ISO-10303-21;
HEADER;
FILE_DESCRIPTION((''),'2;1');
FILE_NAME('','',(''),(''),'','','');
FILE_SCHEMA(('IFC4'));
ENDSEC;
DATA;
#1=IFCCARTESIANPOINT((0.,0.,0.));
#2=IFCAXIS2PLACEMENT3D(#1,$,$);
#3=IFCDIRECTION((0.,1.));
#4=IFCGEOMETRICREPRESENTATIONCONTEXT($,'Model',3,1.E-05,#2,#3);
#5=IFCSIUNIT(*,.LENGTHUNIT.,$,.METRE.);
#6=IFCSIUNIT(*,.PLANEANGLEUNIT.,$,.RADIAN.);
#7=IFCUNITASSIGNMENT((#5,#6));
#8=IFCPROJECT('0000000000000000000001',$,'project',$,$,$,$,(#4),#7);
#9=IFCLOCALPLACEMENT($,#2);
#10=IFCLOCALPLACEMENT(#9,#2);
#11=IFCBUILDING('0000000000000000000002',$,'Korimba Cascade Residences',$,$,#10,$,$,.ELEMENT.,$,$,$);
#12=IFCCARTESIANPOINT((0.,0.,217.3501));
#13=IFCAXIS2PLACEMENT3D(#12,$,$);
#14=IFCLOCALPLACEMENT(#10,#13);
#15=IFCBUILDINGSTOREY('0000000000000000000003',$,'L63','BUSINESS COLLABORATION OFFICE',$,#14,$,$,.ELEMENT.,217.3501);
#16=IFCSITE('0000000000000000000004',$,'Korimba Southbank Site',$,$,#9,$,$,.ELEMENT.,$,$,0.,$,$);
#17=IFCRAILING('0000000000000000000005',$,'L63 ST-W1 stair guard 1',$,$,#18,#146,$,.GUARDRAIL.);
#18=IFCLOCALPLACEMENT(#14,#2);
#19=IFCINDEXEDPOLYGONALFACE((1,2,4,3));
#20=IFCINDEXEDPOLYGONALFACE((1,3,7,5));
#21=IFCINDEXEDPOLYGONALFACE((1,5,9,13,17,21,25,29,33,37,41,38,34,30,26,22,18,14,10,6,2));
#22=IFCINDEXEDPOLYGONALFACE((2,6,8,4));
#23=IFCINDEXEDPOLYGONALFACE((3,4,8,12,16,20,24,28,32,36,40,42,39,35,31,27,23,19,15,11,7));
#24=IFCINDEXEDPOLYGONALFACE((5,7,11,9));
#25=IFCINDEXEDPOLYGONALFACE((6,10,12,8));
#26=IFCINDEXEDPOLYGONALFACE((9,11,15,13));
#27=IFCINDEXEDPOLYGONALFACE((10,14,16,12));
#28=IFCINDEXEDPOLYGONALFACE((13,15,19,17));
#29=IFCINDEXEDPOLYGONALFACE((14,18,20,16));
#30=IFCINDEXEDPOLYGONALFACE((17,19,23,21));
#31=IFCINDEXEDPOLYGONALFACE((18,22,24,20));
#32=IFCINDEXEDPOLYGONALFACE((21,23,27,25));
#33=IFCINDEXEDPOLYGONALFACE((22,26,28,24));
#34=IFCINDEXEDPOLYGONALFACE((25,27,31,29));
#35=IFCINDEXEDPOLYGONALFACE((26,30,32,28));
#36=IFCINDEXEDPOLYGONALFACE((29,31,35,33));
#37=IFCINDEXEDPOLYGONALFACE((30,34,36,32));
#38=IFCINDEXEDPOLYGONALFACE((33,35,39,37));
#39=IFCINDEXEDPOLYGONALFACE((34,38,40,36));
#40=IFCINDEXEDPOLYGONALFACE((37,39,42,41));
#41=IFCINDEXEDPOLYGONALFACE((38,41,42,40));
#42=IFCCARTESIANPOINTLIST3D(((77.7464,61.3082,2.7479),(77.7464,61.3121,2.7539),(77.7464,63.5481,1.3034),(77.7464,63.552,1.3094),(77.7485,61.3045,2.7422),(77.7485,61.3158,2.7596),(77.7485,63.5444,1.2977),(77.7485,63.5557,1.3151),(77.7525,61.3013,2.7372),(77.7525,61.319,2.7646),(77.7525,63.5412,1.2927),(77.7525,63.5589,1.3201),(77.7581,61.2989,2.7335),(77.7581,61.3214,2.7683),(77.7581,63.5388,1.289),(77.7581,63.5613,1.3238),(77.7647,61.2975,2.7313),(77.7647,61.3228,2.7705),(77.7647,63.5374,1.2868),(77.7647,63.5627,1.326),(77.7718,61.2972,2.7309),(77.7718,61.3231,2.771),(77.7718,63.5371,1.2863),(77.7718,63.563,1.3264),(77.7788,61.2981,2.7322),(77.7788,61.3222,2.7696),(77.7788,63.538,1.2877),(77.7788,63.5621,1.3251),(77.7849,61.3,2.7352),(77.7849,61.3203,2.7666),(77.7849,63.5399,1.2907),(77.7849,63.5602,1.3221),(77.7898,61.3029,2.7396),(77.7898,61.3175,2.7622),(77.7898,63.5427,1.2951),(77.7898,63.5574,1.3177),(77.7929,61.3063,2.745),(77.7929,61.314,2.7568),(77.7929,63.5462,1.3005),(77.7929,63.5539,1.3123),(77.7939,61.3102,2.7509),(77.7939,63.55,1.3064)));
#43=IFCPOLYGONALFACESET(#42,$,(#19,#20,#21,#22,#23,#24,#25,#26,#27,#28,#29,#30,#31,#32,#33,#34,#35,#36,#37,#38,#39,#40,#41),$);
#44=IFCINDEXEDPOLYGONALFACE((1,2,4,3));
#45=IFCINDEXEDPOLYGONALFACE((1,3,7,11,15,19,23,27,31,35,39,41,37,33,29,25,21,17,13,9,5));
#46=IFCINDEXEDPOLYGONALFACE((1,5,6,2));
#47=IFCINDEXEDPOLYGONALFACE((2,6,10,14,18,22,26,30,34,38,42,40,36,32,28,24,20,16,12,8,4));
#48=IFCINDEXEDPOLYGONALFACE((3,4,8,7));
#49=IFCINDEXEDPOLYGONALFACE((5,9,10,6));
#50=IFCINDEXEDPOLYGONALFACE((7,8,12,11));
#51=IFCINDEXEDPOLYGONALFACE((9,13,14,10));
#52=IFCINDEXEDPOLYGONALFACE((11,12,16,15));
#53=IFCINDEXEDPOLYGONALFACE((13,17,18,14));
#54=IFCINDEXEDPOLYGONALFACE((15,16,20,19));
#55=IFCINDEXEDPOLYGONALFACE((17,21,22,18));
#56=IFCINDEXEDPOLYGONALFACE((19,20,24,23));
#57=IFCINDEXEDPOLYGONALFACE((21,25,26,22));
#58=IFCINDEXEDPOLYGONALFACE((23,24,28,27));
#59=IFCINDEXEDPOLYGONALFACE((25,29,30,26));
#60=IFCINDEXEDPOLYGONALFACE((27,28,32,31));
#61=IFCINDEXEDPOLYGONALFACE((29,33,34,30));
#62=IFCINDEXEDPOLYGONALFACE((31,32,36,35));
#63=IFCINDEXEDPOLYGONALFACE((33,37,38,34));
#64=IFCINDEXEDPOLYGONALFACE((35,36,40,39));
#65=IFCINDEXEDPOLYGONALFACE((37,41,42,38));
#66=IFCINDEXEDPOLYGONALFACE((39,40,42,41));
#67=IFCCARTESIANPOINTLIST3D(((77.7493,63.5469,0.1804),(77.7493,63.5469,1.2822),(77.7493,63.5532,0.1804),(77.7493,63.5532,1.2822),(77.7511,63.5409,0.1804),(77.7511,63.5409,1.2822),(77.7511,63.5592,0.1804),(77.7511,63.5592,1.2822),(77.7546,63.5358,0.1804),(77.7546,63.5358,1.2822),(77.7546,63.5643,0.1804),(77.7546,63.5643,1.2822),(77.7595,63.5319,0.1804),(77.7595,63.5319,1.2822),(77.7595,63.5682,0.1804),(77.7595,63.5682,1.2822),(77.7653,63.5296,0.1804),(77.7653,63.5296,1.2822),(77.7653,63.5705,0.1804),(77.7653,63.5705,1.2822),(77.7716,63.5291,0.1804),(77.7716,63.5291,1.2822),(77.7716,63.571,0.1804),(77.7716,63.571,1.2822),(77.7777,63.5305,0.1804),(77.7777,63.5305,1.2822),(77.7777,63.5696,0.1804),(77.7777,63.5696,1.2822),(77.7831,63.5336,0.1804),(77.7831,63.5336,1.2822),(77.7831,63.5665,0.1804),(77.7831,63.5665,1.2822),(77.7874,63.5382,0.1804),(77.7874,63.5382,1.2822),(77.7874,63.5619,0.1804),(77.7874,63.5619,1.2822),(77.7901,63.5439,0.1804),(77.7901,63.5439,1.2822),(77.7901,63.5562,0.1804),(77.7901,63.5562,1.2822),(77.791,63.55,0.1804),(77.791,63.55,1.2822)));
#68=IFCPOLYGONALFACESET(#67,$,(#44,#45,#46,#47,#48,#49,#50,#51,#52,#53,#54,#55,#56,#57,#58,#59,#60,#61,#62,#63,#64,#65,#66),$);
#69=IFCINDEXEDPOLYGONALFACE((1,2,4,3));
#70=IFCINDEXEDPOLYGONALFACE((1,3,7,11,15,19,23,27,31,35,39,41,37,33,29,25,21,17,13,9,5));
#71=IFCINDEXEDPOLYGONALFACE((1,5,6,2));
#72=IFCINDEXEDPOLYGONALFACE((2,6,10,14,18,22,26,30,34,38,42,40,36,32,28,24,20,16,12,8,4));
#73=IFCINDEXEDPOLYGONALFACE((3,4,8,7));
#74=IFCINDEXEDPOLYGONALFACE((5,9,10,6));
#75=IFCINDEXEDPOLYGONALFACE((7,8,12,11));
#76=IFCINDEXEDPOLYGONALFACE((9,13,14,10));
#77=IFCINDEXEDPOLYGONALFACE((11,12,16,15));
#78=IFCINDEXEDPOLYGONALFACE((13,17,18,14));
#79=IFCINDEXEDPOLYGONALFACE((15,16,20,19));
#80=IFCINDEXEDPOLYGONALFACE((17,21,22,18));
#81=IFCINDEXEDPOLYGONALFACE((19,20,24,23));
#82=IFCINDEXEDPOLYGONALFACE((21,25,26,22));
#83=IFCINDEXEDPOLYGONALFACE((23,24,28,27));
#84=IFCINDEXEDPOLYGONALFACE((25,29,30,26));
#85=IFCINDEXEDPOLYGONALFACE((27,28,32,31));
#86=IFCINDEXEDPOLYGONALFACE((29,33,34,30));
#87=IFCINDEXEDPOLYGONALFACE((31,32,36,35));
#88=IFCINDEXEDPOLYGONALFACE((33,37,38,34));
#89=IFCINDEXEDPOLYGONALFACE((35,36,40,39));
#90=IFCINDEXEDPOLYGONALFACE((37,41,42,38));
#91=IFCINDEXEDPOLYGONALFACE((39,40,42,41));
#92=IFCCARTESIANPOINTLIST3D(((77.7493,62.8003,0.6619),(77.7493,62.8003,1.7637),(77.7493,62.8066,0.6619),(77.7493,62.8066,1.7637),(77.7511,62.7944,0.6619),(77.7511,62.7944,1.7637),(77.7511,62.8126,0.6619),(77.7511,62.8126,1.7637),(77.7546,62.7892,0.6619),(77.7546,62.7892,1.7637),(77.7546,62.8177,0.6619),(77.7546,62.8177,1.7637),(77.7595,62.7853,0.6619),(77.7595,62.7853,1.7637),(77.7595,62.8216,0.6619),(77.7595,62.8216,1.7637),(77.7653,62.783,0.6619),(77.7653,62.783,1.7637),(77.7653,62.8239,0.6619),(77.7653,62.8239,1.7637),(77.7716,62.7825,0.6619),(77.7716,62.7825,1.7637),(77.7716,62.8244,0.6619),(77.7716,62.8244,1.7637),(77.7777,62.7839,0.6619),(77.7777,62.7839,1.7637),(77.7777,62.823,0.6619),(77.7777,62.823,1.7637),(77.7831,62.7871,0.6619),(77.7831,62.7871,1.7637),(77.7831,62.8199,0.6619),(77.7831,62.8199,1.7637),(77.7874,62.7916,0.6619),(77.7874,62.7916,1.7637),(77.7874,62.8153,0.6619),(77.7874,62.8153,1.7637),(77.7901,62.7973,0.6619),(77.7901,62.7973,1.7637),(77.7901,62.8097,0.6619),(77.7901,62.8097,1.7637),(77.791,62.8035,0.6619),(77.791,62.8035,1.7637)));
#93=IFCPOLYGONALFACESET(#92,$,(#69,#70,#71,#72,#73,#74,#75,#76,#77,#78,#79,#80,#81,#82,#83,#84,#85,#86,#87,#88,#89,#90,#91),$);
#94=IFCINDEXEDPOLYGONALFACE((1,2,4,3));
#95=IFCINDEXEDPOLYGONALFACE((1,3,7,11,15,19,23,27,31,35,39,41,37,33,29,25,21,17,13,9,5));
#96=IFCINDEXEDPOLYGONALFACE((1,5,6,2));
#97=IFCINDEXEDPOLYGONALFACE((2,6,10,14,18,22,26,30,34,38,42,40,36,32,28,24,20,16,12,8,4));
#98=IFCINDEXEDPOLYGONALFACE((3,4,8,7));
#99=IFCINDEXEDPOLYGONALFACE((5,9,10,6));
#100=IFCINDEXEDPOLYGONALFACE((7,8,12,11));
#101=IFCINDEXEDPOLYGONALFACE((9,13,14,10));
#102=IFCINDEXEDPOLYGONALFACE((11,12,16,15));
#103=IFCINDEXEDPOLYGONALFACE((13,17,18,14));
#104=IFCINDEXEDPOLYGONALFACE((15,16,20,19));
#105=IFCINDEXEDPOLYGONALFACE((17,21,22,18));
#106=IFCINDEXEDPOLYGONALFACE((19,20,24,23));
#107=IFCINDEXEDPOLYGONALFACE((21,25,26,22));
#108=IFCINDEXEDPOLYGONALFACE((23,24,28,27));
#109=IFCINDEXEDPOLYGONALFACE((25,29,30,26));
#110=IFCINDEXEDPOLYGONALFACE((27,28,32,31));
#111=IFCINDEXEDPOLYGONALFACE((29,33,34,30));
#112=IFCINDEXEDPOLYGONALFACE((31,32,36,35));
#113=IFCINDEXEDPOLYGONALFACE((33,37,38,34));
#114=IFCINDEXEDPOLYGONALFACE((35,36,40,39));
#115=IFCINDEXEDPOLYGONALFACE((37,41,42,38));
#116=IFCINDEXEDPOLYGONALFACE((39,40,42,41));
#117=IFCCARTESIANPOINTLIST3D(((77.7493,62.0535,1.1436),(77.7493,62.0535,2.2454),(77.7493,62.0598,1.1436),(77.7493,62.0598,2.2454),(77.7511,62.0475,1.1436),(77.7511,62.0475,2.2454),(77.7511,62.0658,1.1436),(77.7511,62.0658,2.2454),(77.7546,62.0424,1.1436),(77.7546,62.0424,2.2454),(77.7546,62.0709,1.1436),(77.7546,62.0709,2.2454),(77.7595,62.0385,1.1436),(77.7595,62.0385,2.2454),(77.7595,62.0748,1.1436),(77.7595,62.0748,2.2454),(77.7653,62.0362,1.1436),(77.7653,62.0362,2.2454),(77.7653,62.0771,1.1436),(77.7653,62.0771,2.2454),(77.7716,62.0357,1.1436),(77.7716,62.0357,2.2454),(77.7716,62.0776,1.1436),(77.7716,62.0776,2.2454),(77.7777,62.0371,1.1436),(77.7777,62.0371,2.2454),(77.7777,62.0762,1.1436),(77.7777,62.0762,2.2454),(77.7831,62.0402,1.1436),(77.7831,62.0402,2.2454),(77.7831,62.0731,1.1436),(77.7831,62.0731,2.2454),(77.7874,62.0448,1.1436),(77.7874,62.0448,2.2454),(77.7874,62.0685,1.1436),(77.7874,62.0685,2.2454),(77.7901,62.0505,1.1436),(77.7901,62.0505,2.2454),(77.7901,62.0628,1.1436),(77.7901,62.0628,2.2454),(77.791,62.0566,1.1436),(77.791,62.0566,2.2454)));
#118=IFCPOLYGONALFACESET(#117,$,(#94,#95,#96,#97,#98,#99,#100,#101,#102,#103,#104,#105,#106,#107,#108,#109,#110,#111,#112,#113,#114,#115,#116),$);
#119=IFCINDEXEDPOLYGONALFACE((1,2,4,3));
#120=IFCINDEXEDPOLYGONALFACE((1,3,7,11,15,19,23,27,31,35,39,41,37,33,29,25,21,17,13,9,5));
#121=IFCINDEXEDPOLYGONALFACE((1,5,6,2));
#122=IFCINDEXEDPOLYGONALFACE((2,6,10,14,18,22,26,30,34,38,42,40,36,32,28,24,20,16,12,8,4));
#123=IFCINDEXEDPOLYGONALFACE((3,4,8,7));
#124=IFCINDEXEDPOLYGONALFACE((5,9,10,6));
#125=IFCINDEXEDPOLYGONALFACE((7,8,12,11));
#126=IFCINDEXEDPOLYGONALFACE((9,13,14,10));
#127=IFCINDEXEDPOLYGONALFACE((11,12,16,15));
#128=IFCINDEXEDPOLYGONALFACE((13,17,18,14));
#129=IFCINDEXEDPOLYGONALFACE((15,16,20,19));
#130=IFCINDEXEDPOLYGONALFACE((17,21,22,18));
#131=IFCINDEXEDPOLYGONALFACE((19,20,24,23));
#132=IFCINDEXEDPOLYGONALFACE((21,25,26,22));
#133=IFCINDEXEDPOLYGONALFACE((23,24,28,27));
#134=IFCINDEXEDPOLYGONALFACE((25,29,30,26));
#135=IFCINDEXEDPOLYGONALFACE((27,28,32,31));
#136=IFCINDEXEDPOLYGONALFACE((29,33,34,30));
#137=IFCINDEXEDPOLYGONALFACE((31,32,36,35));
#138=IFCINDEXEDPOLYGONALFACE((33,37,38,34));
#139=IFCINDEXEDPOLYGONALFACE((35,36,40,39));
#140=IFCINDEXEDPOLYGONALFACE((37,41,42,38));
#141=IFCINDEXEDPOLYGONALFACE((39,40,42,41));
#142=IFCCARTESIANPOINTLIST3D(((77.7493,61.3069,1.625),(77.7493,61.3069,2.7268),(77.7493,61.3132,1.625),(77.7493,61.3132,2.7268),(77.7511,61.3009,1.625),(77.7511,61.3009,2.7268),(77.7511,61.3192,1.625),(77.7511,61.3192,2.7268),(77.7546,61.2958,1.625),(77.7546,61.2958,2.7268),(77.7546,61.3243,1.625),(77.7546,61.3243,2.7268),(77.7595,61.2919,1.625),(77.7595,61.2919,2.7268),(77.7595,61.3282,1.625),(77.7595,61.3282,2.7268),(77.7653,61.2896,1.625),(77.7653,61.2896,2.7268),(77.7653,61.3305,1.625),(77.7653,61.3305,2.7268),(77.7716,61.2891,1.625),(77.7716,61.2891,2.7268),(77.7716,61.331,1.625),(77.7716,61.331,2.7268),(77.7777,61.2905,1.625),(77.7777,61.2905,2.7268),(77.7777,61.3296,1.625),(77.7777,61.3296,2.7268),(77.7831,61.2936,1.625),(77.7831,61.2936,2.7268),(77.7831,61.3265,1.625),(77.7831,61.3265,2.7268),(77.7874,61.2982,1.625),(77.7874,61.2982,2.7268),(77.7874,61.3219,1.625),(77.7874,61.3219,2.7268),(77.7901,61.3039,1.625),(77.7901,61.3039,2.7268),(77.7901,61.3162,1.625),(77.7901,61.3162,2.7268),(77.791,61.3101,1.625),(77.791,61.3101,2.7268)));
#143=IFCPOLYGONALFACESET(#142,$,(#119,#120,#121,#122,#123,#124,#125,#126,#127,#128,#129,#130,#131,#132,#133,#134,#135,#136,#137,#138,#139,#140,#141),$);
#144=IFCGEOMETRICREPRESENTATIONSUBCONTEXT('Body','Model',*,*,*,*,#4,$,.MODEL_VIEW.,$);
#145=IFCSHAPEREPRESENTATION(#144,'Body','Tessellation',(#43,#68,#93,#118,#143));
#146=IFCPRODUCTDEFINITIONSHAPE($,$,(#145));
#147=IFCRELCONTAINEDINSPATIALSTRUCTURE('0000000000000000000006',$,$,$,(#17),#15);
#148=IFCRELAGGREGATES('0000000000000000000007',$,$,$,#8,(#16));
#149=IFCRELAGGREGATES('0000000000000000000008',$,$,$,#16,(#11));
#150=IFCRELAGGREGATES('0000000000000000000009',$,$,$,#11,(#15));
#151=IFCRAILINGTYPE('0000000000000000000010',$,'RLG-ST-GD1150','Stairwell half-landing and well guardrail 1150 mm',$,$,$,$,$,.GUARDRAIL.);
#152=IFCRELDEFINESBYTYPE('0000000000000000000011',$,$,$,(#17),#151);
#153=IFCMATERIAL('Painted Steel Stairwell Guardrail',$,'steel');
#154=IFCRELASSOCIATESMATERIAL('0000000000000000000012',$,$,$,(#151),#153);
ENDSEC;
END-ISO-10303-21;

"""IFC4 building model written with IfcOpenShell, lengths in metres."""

from ifc_helpers import new_model, si_unit, direction, frame, origin, origin_2d, place, context, subcontext, project, spatial, circle, extrude, material, type_object, element, save


model = new_model("IFC4")

# Units and contexts
model_context = context("Model", 3, precision=1e-05, world=origin(), true_north=direction((0.0, 1.0)))
body_context = subcontext(model_context, "Body", "Model", "MODEL_VIEW")
ifc_project = project(units=[si_unit("LENGTHUNIT", "METRE"), si_unit("PLANEANGLEUNIT", "RADIAN")], contexts=[model_context])

# Site, building, storey
site_placement = place(None, origin())
site = spatial("IfcSite", under=ifc_project, at=site_placement, Name="Korimba Southbank Site", CompositionType="ELEMENT", RefElevation=0.0)
building_placement = place(site_placement, origin())
building = spatial("IfcBuilding", under=site, at=building_placement, Name="Korimba Cascade Residences", CompositionType="ELEMENT")
storey_placement = place(building_placement, frame((0.0, 0.0, 217.3501)))
storey = spatial("IfcBuildingStorey", under=building, at=storey_placement, Name="L63", Description="BUSINESS COLLABORATION OFFICE", CompositionType="ELEMENT", Elevation=217.3501)

# Railing
ifc_material_1 = material(Name="Painted Steel Stairwell Guardrail", Category="steel")
railing_type_1 = type_object("IfcRailingType", Name="RLG-ST-GD1150", Description="Stairwell half-landing and well guardrail 1150 mm", PredefinedType="GUARDRAIL", material=ifc_material_1)
railing_1_placement = place(storey_placement, frame((77.77, 63.55, 0.1804)))
element("IfcRailing", 1, at=railing_1_placement, inside=storey, type_object=railing_type_1, Name="L63 ST-W1 stair guard 1", PredefinedType="GUARDRAIL", context=body_context, shape_type="SweptSolid", body=[
    extrude(circle(Radius=0.0239, at=origin_2d()), frame((0.0, 0.0, 1.126), z_axis=(0.0, -0.840395, 0.541975), x_axis=(1.0, 0.0, 0.0)), (0.0, 0.0, 1.0), 2.6653),
    extrude(circle(Radius=0.021, at=origin_2d()), origin(), (0.0, 0.0, 1.0), 1.1018),
    extrude(circle(Radius=0.021, at=origin_2d()), frame((0.0, -0.7466, 0.4814)), (0.0, 0.0, 1.0), 1.1018),
    extrude(circle(Radius=0.021, at=origin_2d()), frame((0.0, -1.4934, 0.9631)), (0.0, 0.0, 1.0), 1.1018),
    extrude(circle(Radius=0.021, at=origin_2d()), frame((0.0, -2.24, 1.4446)), (0.0, 0.0, 1.0), 1.1018),
])

save(model, "model.ifc")
